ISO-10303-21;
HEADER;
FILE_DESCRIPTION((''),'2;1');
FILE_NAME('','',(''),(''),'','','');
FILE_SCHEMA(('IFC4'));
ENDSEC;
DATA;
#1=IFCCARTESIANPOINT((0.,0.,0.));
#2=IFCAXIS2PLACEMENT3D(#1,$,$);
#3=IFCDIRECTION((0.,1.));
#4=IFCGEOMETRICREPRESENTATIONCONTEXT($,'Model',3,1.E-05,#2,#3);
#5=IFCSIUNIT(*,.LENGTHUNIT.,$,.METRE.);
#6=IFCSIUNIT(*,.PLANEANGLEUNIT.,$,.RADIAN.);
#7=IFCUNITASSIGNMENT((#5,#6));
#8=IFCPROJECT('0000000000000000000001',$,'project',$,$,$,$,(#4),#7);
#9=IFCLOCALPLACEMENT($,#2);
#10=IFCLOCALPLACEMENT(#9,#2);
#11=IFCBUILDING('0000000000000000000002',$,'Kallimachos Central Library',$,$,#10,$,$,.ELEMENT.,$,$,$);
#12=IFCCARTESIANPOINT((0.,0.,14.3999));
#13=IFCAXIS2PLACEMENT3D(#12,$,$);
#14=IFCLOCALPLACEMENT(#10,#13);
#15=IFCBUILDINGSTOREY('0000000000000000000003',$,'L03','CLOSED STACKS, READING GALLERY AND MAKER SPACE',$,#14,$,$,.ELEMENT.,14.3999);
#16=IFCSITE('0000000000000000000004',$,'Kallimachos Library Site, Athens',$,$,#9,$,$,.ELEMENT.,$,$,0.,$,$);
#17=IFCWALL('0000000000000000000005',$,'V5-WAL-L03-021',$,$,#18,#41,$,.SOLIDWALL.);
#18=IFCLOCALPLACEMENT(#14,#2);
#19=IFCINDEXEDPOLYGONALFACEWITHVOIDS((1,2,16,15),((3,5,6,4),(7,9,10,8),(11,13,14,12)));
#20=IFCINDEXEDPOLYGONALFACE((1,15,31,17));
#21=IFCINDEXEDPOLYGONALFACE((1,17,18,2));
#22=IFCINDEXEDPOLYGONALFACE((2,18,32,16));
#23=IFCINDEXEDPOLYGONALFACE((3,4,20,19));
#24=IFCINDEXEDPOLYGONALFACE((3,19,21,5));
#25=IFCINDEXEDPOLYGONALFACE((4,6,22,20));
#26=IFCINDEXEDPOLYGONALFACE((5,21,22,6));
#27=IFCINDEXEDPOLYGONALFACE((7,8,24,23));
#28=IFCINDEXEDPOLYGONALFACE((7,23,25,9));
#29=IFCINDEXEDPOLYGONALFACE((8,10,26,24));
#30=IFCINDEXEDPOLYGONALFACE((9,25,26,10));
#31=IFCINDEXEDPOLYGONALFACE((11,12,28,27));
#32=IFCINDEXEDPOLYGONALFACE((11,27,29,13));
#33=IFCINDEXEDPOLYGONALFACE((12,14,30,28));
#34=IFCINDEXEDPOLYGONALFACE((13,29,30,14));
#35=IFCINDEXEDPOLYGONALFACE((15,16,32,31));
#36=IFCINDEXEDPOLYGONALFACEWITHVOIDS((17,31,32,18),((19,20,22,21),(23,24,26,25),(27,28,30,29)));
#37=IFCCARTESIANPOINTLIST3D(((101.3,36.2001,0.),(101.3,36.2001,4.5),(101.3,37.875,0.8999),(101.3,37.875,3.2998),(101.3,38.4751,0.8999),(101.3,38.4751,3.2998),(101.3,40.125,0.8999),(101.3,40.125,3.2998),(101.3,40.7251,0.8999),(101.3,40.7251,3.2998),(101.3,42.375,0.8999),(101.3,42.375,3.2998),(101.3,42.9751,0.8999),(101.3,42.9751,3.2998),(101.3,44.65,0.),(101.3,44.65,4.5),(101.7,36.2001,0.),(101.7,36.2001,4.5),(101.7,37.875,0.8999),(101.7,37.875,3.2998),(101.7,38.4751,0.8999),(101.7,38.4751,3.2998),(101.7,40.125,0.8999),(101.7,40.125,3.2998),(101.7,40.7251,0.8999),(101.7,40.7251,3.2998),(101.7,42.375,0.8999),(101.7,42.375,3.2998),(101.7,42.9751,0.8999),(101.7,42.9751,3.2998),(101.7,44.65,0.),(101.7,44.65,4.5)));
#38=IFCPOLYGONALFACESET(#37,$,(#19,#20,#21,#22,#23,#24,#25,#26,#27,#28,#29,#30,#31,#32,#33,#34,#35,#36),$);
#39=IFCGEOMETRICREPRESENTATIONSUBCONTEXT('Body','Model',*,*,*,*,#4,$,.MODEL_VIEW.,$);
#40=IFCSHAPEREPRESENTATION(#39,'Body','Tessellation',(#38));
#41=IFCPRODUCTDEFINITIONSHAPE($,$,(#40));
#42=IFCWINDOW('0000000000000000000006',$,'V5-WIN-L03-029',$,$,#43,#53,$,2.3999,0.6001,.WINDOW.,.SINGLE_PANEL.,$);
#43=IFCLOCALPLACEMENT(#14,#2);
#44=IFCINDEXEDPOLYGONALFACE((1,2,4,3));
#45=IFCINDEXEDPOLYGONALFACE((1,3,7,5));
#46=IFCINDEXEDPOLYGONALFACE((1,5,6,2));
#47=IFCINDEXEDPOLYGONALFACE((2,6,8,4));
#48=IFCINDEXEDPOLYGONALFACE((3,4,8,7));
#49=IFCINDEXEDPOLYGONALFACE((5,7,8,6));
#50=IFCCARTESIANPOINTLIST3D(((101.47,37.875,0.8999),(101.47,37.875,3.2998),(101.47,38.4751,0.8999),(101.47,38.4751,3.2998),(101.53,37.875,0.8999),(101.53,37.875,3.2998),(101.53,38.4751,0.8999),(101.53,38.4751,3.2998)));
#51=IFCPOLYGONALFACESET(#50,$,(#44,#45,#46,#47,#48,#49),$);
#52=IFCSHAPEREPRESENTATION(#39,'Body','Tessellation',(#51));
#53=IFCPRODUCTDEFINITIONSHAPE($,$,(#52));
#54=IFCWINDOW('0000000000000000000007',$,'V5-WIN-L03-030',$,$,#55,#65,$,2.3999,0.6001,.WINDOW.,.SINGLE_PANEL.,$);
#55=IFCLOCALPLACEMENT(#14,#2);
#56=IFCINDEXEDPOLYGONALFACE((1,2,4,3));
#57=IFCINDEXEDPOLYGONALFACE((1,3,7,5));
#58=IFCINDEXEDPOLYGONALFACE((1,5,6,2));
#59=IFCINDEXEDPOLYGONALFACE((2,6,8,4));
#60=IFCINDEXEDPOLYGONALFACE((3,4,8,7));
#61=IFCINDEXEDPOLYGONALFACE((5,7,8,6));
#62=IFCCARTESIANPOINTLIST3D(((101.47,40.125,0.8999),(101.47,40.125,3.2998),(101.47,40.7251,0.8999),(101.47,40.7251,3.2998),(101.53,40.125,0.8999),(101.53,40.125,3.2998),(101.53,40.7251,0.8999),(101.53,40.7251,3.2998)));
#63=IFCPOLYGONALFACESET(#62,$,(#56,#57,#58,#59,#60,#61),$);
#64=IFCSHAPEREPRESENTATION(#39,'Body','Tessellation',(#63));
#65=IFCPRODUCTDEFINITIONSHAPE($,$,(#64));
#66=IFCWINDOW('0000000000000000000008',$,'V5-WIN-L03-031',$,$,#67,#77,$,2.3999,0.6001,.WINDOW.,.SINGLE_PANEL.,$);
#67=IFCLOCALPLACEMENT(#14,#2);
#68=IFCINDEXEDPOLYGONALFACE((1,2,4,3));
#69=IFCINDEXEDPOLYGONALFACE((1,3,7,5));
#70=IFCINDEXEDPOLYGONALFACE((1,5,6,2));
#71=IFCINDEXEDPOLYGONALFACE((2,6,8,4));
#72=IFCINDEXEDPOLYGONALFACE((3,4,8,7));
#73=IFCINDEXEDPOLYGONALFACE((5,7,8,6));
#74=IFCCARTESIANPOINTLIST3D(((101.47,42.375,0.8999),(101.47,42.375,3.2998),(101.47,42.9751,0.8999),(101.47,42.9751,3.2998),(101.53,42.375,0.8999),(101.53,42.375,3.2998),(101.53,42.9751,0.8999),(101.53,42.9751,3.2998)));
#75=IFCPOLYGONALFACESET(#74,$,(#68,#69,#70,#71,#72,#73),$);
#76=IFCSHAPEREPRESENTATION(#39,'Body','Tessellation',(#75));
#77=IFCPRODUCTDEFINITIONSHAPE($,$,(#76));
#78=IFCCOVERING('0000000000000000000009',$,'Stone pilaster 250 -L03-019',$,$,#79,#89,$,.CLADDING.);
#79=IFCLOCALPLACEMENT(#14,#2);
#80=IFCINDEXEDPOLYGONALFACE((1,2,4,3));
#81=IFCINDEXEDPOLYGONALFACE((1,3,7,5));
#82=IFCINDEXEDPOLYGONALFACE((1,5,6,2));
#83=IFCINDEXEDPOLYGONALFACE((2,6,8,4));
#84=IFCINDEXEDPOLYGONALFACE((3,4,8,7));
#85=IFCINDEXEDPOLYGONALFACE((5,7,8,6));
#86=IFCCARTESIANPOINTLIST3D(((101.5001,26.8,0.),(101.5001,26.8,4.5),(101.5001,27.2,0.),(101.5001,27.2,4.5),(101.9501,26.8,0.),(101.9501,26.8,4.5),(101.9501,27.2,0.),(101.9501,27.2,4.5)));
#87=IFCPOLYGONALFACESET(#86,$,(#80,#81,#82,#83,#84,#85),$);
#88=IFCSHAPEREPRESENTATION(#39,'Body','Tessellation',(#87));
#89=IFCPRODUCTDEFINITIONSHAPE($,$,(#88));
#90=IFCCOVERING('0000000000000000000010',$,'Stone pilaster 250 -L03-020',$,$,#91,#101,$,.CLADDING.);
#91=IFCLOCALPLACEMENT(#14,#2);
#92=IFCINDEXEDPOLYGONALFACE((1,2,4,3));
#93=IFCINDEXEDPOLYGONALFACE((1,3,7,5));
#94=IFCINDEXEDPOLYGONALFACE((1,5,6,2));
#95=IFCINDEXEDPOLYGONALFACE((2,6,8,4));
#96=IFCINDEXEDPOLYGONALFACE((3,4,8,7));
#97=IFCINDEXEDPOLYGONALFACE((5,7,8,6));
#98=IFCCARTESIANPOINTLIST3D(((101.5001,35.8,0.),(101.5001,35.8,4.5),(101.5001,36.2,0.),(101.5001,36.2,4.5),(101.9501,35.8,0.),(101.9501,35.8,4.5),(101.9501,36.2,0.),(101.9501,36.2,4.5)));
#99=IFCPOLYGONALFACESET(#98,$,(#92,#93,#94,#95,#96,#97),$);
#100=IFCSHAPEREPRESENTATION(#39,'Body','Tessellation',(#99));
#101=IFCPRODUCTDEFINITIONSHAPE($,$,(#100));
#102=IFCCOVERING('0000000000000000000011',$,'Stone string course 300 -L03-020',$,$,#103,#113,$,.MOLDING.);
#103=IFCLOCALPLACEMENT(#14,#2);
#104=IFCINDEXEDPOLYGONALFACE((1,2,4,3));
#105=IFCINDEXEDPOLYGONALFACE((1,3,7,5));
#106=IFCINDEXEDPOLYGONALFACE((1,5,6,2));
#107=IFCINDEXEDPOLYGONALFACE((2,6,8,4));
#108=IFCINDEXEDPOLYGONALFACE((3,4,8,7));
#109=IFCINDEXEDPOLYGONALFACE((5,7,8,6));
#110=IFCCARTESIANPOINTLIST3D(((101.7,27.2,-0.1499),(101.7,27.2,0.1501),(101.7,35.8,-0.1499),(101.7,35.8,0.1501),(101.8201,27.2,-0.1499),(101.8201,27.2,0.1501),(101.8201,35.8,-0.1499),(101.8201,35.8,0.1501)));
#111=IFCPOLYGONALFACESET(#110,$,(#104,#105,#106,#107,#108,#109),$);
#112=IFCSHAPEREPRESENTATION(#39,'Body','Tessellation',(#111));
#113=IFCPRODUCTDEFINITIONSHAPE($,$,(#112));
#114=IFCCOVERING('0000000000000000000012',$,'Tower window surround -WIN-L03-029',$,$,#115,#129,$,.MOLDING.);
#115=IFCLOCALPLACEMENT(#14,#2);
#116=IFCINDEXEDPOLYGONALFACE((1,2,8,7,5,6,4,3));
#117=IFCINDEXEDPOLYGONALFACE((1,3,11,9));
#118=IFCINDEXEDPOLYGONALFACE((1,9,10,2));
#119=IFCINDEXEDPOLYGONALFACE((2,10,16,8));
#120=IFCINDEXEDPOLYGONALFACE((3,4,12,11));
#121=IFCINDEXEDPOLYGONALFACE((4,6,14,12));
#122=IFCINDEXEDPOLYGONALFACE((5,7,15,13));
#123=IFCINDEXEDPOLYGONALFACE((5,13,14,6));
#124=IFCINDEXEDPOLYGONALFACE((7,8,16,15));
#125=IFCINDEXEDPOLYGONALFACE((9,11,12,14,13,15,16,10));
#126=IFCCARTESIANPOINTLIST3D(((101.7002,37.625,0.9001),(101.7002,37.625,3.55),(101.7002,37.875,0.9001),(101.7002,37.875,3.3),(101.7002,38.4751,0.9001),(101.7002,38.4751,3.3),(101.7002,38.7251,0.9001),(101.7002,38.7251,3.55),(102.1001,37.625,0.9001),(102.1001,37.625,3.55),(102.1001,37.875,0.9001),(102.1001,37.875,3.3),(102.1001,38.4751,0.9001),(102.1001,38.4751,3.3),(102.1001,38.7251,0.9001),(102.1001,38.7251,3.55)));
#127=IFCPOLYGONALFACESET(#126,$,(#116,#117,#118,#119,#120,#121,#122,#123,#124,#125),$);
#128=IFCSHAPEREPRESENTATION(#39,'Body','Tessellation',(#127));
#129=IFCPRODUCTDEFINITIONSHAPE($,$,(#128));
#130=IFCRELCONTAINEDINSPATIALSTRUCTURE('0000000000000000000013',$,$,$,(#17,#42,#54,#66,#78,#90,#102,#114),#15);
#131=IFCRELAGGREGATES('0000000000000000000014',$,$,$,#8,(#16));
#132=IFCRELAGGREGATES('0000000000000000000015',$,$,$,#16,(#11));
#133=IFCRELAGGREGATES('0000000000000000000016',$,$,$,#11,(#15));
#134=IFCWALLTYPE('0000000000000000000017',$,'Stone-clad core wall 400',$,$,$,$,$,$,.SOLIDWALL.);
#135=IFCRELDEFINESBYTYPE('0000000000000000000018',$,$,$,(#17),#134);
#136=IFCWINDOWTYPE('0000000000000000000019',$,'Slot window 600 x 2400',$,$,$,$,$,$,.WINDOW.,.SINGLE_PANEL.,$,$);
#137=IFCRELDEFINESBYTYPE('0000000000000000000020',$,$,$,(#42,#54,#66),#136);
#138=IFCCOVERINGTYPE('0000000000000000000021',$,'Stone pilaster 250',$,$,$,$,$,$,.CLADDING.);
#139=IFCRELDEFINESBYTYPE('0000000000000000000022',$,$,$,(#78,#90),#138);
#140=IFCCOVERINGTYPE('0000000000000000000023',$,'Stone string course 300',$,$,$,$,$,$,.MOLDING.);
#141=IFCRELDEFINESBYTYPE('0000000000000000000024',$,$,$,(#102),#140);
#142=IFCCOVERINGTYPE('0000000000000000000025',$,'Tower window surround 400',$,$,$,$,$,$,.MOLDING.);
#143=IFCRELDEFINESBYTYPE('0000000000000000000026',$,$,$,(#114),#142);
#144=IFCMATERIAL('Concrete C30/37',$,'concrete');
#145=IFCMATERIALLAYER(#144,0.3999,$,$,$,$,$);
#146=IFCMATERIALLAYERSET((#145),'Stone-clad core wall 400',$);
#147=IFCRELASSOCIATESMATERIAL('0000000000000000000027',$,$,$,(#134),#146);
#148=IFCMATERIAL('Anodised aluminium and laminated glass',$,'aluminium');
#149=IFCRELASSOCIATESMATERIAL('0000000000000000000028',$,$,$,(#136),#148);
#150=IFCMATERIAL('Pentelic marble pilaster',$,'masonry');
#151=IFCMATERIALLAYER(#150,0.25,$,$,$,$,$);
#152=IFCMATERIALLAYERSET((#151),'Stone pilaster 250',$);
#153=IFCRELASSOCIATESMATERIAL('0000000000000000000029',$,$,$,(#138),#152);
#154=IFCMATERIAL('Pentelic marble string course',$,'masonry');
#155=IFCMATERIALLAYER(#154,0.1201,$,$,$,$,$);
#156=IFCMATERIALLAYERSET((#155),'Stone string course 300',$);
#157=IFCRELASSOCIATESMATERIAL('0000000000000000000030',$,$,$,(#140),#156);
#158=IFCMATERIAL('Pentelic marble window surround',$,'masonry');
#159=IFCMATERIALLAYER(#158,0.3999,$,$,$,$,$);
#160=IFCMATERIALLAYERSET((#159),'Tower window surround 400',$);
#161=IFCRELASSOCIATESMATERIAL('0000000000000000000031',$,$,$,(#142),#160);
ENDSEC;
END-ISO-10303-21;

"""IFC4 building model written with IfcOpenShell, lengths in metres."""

from ifc_helpers import new_model, si_unit, direction, frame, frame_2d, origin, origin_2d, place, context, subcontext, project, spatial, polyline, rectangle, outline, extrude, material, layer, layer_set, type_object, element, fill, save


model = new_model("IFC4")

# Units and contexts
model_context = context("Model", 3, precision=1e-05, world=origin(), true_north=direction((0.0, 1.0)))
body_context = subcontext(model_context, "Body", "Model", "MODEL_VIEW")
ifc_project = project(units=[si_unit("LENGTHUNIT", "METRE"), si_unit("PLANEANGLEUNIT", "RADIAN")], contexts=[model_context])

# Site, building, storey
site_placement = place(None, origin())
site = spatial("IfcSite", under=ifc_project, at=site_placement, Name="Kallimachos Library Site, Athens", CompositionType="ELEMENT", RefElevation=0.0)
building_placement = place(site_placement, origin())
building = spatial("IfcBuilding", under=site, at=building_placement, Name="Kallimachos Central Library", CompositionType="ELEMENT")
storey_placement = place(building_placement, frame((0.0, 0.0, 14.3999)))
storey = spatial("IfcBuildingStorey", under=building, at=storey_placement, Name="L03", Description="CLOSED STACKS, READING GALLERY AND MAKER SPACE", CompositionType="ELEMENT", Elevation=14.3999)

# Wall, openings, windows
ifc_material_1 = material(Name="Concrete C30/37", Category="concrete")
ifc_layer_1 = layer(ifc_material_1, 0.3999)
ifc_layer_set_1 = layer_set([ifc_layer_1], Name="Stone-clad core wall 400")
wall_type_1 = type_object("IfcWallType", Name="Stone-clad core wall 400", PredefinedType="SOLIDWALL", material=ifc_layer_set_1)
wall_1_placement = place(storey_placement, frame((101.5, 36.2, 0.0), z_axis=(0.0, 0.0, 1.0), x_axis=(0.0, 1.0, 0.0)))
wall_1 = element("IfcWall", 1, at=wall_1_placement, inside=storey, type_object=wall_type_1, Name="V5-WAL-L03-021", PredefinedType="SOLIDWALL", context=body_context, shape_type="SweptSolid", body=[
    extrude(rectangle(XDim=8.45, YDim=0.3999, at=frame_2d((4.2251, 0.0))), origin(), (0.0, 0.0, 1.0), 4.5),
])
opening_1_placement = place(wall_1_placement, frame((1.675, 0.0, 0.8999)))
opening_1 = element("IfcOpeningElement", 2, at=opening_1_placement, cuts=wall_1, PredefinedType="OPENING", context=body_context, shape_type="SweptSolid", body=[
    extrude(rectangle(XDim=0.6001, YDim=2.3999, at=frame_2d((0.3, 1.2))), frame((0.0, 0.21, 0.0), z_axis=(0.0, -1.0, 0.0), x_axis=(1.0, 0.0, 0.0)), (0.0, 0.0, 1.0), 0.4199),
])
opening_2_placement = place(wall_1_placement, frame((3.925, 0.0, 0.8999)))
opening_2 = element("IfcOpeningElement", 3, at=opening_2_placement, cuts=wall_1, PredefinedType="OPENING", context=body_context, shape_type="SweptSolid", body=[
    extrude(rectangle(XDim=0.6001, YDim=2.3999, at=frame_2d((0.3, 1.2))), frame((0.0, 0.21, 0.0), z_axis=(0.0, -1.0, 0.0), x_axis=(1.0, 0.0, 0.0)), (0.0, 0.0, 1.0), 0.4199),
])
opening_3_placement = place(wall_1_placement, frame((6.175, 0.0, 0.8999)))
opening_3 = element("IfcOpeningElement", 4, at=opening_3_placement, cuts=wall_1, PredefinedType="OPENING", context=body_context, shape_type="SweptSolid", body=[
    extrude(rectangle(XDim=0.6001, YDim=2.3999, at=frame_2d((0.3, 1.2))), frame((0.0, 0.21, 0.0), z_axis=(0.0, -1.0, 0.0), x_axis=(1.0, 0.0, 0.0)), (0.0, 0.0, 1.0), 0.4199),
])
ifc_material_2 = material(Name="Anodised aluminium and laminated glass", Category="aluminium")
window_type = type_object("IfcWindowType", Name="Slot window 600 x 2400", PartitioningType="SINGLE_PANEL", PredefinedType="WINDOW", material=ifc_material_2)
window_1_placement = place(opening_1_placement, origin())
window_1 = element("IfcWindow", 5, at=window_1_placement, inside=storey, type_object=window_type, Name="V5-WIN-L03-029", OverallHeight=2.3999, OverallWidth=0.6001, PartitioningType="SINGLE_PANEL", PredefinedType="WINDOW", context=body_context, shape_type="SweptSolid", body=[
    extrude(rectangle(XDim=0.6001, YDim=2.3999, at=frame_2d((0.3, 1.2))), frame((0.0, 0.03, 0.0), z_axis=(0.0, -1.0, 0.0), x_axis=(1.0, 0.0, 0.0)), (0.0, 0.0, 1.0), 0.0601),
])
fill(opening_1, window_1)
window_2_placement = place(opening_2_placement, origin())
window_2 = element("IfcWindow", 6, at=window_2_placement, inside=storey, type_object=window_type, Name="V5-WIN-L03-030", OverallHeight=2.3999, OverallWidth=0.6001, PartitioningType="SINGLE_PANEL", PredefinedType="WINDOW", context=body_context, shape_type="SweptSolid", body=[
    extrude(rectangle(XDim=0.6001, YDim=2.3999, at=frame_2d((0.3, 1.2))), frame((0.0, 0.03, 0.0), z_axis=(0.0, -1.0, 0.0), x_axis=(1.0, 0.0, 0.0)), (0.0, 0.0, 1.0), 0.0601),
])
fill(opening_2, window_2)
window_3_placement = place(opening_3_placement, origin())
window_3 = element("IfcWindow", 7, at=window_3_placement, inside=storey, type_object=window_type, Name="V5-WIN-L03-031", OverallHeight=2.3999, OverallWidth=0.6001, PartitioningType="SINGLE_PANEL", PredefinedType="WINDOW", context=body_context, shape_type="SweptSolid", body=[
    extrude(rectangle(XDim=0.6001, YDim=2.3999, at=frame_2d((0.3, 1.2))), frame((0.0, 0.03, 0.0), z_axis=(0.0, -1.0, 0.0), x_axis=(1.0, 0.0, 0.0)), (0.0, 0.0, 1.0), 0.0601),
])
fill(opening_3, window_3)

# Coverings
ifc_material_3 = material(Name="Pentelic marble pilaster", Category="masonry")
ifc_layer_2 = layer(ifc_material_3, 0.25)
ifc_layer_set_2 = layer_set([ifc_layer_2], Name="Stone pilaster 250")
covering_type_1 = type_object("IfcCoveringType", Name="Stone pilaster 250", PredefinedType="CLADDING", material=ifc_layer_set_2)
for number, where, z_axis, x_axis, name in (
    (8, (101.7251, 27.0, 0.0), (0.0, 0.0, 1.0), (1.0, 0.0, 0.0), "Stone pilaster 250 -L03-019"),
    (9, (101.7251, 36.0, 0.0), (0.0, 0.0, 1.0), (1.0, 0.0, 0.0), "Stone pilaster 250 -L03-020"),
):
    element("IfcCovering", number, at=place(storey_placement, frame(where, z_axis=z_axis, x_axis=x_axis)), inside=storey, type_object=covering_type_1, Name=name, PredefinedType="CLADDING", context=body_context, shape_type="SweptSolid", body=[
        extrude(rectangle(XDim=0.45, YDim=0.3999, at=origin_2d()), origin(), (0.0, 0.0, 1.0), 4.5),
    ])
ifc_material_4 = material(Name="Pentelic marble string course", Category="masonry")
ifc_layer_3 = layer(ifc_material_4, 0.1201)
ifc_layer_set_3 = layer_set([ifc_layer_3], Name="Stone string course 300")
covering_type_2 = type_object("IfcCoveringType", Name="Stone string course 300", PredefinedType="MOLDING", material=ifc_layer_set_3)
covering_1_placement = place(storey_placement, frame((101.76, 31.5, -0.1499), z_axis=(0.0, 0.0, 1.0), x_axis=(1.0, 0.0, 0.0)))
element("IfcCovering", 10, at=covering_1_placement, inside=storey, type_object=covering_type_2, Name="Stone string course 300 -L03-020", PredefinedType="MOLDING", context=body_context, shape_type="SweptSolid", body=[
    extrude(rectangle(XDim=0.1201, YDim=8.6001, at=origin_2d()), origin(), (0.0, 0.0, 1.0), 0.3),
])
ifc_material_5 = material(Name="Pentelic marble window surround", Category="masonry")
ifc_layer_4 = layer(ifc_material_5, 0.3999)
ifc_layer_set_4 = layer_set([ifc_layer_4], Name="Tower window surround 400")
covering_type_3 = type_object("IfcCoveringType", Name="Tower window surround 400", PredefinedType="MOLDING", material=ifc_layer_set_4)
covering_2_placement = place(storey_placement, frame((102.1001, 37.875, 0.9001), z_axis=(1.0, 0.0, 0.0), x_axis=(0.0, 0.0, 1.0)))
element("IfcCovering", 11, at=covering_2_placement, inside=storey, type_object=covering_type_3, Name="Tower window surround -WIN-L03-029", PredefinedType="MOLDING", context=body_context, shape_type="SweptSolid", body=[
    extrude(outline(polyline([(0.0, 0.0), (2.3999, 0.0), (2.3999, -0.6001), (0.0, -0.6001), (0.0, -0.8501), (2.6499, -0.8501), (2.6499, 0.25), (0.0, 0.25), (0.0, 0.0)])), origin(), (0.0, 0.0, -1.0), 0.3999),
])

save(model, "model.ifc")
